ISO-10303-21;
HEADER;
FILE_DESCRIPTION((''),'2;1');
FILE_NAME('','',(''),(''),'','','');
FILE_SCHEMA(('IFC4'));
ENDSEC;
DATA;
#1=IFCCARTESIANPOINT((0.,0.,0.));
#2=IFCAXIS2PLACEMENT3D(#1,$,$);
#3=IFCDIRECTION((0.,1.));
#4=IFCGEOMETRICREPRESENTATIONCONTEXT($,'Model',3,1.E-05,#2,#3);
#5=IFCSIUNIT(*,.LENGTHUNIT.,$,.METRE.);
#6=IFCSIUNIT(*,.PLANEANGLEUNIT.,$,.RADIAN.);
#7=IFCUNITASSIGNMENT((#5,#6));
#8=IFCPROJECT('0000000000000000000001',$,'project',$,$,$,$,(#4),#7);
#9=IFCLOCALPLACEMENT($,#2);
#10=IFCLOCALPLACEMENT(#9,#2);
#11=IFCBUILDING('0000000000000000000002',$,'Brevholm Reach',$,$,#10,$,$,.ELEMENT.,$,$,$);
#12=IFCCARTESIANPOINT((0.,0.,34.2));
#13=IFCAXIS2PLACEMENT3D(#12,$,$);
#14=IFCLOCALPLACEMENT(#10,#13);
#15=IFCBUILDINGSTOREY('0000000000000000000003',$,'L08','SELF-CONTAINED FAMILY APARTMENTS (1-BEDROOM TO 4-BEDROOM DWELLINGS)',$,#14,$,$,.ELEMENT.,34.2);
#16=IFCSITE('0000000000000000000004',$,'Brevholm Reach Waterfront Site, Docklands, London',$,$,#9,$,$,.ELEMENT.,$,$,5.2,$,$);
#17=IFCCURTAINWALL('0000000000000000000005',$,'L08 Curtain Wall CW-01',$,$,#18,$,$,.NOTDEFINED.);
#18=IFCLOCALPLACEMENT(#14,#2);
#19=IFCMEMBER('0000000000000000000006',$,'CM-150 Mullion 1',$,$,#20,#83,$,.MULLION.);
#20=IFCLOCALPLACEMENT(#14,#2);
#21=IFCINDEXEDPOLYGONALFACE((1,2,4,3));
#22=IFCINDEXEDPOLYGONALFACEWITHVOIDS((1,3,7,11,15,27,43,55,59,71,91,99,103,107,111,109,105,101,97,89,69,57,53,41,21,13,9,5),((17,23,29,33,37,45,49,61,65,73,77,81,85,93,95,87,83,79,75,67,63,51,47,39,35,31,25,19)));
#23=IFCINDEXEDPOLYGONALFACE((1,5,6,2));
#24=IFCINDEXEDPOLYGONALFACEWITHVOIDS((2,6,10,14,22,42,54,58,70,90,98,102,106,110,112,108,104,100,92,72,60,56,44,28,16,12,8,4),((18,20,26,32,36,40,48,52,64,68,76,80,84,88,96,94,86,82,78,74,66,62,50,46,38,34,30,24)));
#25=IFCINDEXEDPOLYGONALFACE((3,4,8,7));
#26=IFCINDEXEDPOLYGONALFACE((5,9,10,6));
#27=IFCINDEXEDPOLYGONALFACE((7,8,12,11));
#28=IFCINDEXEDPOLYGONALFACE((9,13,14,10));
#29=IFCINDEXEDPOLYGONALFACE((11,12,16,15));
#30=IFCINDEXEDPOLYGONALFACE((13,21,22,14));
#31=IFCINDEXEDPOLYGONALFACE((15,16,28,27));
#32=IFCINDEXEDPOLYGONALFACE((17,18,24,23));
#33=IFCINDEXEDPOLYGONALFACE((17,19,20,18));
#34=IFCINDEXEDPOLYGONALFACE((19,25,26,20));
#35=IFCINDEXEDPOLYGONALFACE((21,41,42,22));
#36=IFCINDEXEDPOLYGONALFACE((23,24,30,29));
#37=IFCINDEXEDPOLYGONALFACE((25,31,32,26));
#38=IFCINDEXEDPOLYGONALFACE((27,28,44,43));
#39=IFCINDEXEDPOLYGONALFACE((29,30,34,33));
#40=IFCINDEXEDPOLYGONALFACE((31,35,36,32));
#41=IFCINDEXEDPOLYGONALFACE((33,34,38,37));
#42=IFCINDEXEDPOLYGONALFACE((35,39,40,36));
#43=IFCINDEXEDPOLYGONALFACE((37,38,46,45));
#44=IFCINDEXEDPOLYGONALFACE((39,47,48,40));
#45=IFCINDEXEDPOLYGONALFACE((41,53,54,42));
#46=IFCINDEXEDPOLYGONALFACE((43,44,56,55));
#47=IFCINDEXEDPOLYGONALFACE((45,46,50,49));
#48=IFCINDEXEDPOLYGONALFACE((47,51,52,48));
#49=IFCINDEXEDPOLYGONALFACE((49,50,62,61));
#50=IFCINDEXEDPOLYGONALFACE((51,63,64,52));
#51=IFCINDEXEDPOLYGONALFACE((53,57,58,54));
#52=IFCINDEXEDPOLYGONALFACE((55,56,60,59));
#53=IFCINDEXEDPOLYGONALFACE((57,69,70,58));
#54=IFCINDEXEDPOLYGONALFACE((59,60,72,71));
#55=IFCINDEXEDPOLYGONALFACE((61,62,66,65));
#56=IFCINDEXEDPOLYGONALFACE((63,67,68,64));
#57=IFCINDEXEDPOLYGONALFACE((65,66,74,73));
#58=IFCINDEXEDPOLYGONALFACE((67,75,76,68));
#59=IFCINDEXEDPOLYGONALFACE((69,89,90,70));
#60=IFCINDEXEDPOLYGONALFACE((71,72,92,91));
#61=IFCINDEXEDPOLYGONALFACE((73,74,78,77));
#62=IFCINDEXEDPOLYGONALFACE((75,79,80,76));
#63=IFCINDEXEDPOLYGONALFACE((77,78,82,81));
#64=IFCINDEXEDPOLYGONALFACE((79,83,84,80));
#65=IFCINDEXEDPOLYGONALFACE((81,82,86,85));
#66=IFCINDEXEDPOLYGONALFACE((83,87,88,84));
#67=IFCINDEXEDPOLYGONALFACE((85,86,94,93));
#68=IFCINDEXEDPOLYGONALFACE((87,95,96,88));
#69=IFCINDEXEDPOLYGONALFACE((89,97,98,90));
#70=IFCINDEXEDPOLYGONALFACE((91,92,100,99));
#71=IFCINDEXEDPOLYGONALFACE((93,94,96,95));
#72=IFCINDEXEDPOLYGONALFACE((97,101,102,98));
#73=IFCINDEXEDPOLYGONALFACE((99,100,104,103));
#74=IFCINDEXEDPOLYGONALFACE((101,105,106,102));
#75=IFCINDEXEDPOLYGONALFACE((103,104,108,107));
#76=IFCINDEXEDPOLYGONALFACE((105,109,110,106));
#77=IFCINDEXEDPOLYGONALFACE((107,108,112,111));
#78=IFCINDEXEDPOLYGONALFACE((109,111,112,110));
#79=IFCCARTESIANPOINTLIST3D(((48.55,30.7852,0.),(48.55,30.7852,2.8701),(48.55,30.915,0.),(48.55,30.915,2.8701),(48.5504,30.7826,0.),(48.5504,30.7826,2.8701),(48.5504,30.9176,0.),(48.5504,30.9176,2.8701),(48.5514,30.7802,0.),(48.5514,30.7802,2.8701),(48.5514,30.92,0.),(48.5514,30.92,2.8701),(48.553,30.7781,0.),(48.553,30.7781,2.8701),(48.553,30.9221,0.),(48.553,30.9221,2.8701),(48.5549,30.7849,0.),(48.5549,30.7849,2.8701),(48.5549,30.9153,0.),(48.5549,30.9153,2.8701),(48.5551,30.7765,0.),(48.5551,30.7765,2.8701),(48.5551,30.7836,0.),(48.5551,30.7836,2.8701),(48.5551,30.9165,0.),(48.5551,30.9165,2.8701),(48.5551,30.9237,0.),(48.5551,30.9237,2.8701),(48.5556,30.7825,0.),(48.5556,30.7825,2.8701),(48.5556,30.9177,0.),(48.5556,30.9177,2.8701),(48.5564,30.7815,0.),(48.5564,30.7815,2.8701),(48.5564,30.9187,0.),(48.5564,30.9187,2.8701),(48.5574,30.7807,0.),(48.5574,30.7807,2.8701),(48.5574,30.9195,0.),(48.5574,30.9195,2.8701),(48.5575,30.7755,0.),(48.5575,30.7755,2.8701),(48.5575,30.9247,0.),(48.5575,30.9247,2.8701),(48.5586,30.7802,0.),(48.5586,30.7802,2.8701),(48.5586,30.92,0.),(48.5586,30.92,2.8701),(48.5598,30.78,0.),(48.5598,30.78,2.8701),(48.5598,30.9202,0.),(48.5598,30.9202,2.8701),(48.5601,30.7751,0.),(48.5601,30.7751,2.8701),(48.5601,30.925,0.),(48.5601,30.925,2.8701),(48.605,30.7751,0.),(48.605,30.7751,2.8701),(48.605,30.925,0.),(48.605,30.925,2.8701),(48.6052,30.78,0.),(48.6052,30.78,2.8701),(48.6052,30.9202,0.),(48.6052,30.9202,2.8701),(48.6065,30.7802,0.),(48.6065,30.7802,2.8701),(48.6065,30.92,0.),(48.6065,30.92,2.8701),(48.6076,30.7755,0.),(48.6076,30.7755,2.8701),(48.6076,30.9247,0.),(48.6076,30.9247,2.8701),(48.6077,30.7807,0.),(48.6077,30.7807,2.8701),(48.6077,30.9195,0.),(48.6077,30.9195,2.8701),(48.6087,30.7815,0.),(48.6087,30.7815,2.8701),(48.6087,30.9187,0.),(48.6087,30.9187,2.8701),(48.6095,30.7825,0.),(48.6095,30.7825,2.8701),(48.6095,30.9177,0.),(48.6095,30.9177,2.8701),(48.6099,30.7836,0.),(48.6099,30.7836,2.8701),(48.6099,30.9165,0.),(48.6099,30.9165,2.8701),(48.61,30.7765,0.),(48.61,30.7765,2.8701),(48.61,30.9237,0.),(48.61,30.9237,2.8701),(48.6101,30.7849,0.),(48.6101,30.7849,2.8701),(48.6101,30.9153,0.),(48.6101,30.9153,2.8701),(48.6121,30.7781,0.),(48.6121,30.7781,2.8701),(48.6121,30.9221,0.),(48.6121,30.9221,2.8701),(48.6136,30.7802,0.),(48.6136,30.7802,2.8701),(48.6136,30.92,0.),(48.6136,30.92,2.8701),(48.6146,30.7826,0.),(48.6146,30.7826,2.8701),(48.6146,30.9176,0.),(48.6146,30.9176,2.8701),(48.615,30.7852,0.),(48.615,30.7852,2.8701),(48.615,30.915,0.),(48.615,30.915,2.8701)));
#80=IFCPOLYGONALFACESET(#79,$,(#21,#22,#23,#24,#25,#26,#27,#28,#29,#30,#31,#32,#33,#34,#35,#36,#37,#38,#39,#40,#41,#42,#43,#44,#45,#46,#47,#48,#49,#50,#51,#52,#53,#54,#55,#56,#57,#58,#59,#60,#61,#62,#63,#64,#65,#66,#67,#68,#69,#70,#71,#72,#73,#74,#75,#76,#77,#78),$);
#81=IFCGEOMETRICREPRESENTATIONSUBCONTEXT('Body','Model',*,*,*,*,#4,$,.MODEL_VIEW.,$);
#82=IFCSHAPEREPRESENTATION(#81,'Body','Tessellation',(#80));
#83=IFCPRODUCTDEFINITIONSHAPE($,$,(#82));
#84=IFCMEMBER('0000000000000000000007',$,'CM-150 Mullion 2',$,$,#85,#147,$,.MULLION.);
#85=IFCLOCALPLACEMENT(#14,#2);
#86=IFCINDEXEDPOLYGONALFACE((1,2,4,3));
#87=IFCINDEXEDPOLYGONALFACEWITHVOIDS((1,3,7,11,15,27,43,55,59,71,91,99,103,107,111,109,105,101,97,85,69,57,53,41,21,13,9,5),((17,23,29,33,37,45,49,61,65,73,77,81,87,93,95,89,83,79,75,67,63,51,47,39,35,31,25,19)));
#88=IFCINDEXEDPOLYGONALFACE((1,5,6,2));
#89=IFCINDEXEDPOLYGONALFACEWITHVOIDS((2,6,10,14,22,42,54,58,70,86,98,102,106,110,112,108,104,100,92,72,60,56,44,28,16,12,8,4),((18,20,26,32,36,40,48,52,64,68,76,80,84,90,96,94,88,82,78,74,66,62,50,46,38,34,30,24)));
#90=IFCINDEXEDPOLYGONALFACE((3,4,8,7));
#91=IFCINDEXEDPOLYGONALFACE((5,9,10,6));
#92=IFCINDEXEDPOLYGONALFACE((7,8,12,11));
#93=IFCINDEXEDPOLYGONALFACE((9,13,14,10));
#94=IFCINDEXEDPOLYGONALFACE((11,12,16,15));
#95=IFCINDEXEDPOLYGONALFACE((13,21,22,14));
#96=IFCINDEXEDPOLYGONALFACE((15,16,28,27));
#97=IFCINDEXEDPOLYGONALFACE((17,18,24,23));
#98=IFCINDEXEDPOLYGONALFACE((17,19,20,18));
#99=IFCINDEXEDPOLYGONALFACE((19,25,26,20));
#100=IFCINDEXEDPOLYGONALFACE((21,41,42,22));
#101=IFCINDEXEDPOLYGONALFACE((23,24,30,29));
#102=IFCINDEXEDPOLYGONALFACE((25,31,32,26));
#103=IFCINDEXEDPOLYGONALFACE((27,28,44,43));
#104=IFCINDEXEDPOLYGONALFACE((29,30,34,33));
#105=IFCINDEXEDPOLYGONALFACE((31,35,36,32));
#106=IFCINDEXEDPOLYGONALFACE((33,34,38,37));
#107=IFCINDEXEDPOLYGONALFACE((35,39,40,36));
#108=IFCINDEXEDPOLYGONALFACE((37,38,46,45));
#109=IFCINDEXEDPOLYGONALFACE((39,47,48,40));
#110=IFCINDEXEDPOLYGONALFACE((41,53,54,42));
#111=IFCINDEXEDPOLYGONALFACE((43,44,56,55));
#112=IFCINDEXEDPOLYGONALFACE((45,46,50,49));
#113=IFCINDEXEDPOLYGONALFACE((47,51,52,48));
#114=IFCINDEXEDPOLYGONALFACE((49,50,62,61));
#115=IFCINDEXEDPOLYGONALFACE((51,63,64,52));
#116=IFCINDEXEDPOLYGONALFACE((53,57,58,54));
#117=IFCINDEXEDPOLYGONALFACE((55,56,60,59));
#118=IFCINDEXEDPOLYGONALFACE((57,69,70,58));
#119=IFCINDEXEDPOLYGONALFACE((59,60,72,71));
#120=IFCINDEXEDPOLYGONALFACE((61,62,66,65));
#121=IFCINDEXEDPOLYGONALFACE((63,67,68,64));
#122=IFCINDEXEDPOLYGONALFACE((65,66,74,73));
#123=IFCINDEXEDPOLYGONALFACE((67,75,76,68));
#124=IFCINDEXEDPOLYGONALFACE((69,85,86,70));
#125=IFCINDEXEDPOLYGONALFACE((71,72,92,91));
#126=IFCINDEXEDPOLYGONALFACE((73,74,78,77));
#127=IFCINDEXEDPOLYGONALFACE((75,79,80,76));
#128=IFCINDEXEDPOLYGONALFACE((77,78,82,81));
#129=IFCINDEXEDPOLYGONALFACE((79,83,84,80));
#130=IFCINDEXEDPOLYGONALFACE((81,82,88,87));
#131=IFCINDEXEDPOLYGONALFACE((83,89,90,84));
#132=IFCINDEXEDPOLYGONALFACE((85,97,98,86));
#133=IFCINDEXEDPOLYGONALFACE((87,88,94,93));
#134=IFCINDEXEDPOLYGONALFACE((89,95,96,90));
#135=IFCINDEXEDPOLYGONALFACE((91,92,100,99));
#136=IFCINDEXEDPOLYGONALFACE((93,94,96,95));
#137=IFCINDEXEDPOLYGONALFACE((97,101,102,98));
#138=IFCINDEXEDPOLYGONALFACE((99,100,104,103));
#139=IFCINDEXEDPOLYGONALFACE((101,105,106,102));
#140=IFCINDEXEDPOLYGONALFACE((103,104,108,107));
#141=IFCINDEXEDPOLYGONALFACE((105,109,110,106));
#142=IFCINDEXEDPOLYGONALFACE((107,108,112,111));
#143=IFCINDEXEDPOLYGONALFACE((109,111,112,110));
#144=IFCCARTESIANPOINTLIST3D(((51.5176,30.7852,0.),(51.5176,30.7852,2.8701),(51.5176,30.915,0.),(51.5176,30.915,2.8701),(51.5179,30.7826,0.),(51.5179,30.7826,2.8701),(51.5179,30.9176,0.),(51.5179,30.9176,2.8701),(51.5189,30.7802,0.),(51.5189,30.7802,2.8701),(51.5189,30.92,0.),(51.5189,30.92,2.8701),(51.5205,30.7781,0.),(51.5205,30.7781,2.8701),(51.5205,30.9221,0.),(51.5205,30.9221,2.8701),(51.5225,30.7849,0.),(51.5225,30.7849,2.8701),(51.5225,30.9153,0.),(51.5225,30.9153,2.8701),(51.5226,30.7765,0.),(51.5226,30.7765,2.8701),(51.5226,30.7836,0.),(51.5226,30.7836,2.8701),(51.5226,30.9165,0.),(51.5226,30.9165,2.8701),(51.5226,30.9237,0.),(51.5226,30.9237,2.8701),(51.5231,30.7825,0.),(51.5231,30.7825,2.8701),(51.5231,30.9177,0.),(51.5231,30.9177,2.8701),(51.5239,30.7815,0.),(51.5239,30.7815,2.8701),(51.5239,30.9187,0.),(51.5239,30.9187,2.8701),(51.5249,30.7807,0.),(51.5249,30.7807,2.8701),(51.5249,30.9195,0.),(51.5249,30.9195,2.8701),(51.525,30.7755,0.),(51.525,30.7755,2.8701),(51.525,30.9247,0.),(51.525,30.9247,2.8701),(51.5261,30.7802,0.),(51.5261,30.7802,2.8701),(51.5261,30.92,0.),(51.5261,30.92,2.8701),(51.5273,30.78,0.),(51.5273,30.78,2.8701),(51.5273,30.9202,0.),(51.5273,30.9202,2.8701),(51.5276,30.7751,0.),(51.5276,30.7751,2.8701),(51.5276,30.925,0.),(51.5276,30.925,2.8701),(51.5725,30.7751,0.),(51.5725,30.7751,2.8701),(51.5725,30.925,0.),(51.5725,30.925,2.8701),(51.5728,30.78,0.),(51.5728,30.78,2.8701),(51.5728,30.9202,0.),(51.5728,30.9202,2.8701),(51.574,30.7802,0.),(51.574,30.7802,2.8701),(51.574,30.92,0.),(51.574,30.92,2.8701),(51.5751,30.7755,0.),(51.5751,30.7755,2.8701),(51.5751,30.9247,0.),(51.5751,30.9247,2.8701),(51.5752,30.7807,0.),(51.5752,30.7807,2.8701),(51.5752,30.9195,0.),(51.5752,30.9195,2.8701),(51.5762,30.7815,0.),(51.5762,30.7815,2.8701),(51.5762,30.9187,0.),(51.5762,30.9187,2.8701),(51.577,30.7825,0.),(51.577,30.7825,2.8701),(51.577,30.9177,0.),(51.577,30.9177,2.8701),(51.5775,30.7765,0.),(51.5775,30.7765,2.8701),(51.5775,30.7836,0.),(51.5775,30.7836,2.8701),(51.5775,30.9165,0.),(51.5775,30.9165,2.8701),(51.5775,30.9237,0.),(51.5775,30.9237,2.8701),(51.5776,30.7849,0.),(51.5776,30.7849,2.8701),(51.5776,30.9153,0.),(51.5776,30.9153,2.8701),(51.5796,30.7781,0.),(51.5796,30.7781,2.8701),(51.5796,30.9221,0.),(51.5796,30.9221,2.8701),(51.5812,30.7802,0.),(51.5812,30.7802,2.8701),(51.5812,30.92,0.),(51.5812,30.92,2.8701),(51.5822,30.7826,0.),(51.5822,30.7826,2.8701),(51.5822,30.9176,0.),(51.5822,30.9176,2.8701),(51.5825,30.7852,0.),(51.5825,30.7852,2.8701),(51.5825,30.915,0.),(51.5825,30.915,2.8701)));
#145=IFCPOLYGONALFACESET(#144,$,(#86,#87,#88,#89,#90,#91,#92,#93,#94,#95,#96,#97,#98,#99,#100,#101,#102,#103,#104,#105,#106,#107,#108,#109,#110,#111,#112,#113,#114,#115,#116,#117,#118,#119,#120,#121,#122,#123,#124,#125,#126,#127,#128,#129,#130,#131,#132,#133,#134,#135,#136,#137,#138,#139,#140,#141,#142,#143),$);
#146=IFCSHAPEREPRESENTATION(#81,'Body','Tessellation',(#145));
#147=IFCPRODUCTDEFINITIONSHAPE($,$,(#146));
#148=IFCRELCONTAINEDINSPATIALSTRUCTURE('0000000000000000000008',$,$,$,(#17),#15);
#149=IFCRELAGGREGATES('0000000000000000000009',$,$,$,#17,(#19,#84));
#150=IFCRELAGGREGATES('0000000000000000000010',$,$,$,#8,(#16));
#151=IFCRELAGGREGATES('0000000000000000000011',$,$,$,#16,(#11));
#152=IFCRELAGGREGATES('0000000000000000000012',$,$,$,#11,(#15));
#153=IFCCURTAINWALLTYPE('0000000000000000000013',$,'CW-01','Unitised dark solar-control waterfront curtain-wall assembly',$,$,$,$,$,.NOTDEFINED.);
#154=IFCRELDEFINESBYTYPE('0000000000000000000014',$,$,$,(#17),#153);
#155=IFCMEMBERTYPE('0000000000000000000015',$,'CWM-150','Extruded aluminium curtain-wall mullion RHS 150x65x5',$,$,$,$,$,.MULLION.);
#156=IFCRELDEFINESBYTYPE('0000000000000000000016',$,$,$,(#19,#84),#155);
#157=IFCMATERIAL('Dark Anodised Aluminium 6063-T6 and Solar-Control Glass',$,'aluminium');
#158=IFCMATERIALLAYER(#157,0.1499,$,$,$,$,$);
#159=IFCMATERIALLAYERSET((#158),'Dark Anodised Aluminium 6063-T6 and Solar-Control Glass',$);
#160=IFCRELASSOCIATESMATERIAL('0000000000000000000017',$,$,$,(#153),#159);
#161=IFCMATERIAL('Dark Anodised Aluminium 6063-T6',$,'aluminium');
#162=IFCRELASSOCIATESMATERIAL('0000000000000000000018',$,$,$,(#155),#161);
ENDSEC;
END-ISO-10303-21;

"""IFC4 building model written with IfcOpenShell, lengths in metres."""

from ifc_helpers import new_model, si_unit, direction, frame, origin, origin_2d, place, context, subcontext, project, spatial, hollow_rectangle, extrude, material, layer, layer_set, material_profile, profile_set, type_object, element, aggregate, save


model = new_model("IFC4")

# Units and contexts
model_context = context("Model", 3, precision=1e-05, world=origin(), true_north=direction((0.0, 1.0)))
body_context = subcontext(model_context, "Body", "Model", "MODEL_VIEW")
ifc_project = project(units=[si_unit("LENGTHUNIT", "METRE"), si_unit("PLANEANGLEUNIT", "RADIAN")], contexts=[model_context])

# Site, building, storey
site_placement = place(None, origin())
site = spatial("IfcSite", under=ifc_project, at=site_placement, Name="Brevholm Reach Waterfront Site, Docklands, London", CompositionType="ELEMENT", RefElevation=5.2)
building_placement = place(site_placement, origin())
building = spatial("IfcBuilding", under=site, at=building_placement, Name="Brevholm Reach", CompositionType="ELEMENT")
storey_placement = place(building_placement, frame((0.0, 0.0, 34.2)))
storey = spatial("IfcBuildingStorey", under=building, at=storey_placement, Name="L08", Description="SELF-CONTAINED FAMILY APARTMENTS (1-BEDROOM TO 4-BEDROOM DWELLINGS)", CompositionType="ELEMENT", Elevation=34.2)

# Curtain wall, members
ifc_material_1 = material(Name="Dark Anodised Aluminium 6063-T6 and Solar-Control Glass", Category="aluminium")
ifc_layer_1 = layer(ifc_material_1, 0.1499)
ifc_layer_set_1 = layer_set([ifc_layer_1], Name="Dark Anodised Aluminium 6063-T6 and Solar-Control Glass")
curtain_wall_type = type_object("IfcCurtainWallType", Name="CW-01", Description="Unitised dark solar-control waterfront curtain-wall assembly", PredefinedType="NOTDEFINED", material=ifc_layer_set_1)
curtain_wall_placement = place(storey_placement, origin())
curtain_wall = element("IfcCurtainWall", 1, at=curtain_wall_placement, inside=storey, type_object=curtain_wall_type, Name="L08 Curtain Wall CW-01", PredefinedType="NOTDEFINED")
ifc_material_2 = material(Name="Dark Anodised Aluminium 6063-T6", Category="aluminium")
ifc_material_profile_1 = material_profile(ifc_material_2, hollow_rectangle(XDim=0.0649, YDim=0.1499, WallThickness=0.0049, InnerFilletRadius=0.0049, OuterFilletRadius=0.01, at=origin_2d()), Name="RHS 150x65x5")
ifc_profile_set_1 = profile_set([ifc_material_profile_1], Name="Dark Anodised Aluminium 6063-T6")
member_type_1 = type_object("IfcMemberType", Name="CWM-150", Description="Extruded aluminium curtain-wall mullion RHS 150x65x5", PredefinedType="MULLION", material=ifc_profile_set_1)
member_1_placement = place(storey_placement, frame((48.5825, 30.8501, 0.0), z_axis=(0.0, 0.0, 1.0), x_axis=(1.0, 0.0, 0.0)))
member_1 = element("IfcMember", 2, at=member_1_placement, type_object=member_type_1, Name="CM-150 Mullion 1", PredefinedType="MULLION", context=body_context, shape_type="SweptSolid", body=[
    extrude(hollow_rectangle(XDim=0.0649, YDim=0.1499, WallThickness=0.0049, InnerFilletRadius=0.0049, OuterFilletRadius=0.01, at=origin_2d()), origin(), (0.0, 0.0, 1.0), 2.8701),
])
member_2_placement = place(storey_placement, frame((51.55, 30.8501, 0.0), z_axis=(0.0, 0.0, 1.0), x_axis=(1.0, 0.0, 0.0)))
member_2 = element("IfcMember", 3, at=member_2_placement, type_object=member_type_1, Name="CM-150 Mullion 2", PredefinedType="MULLION", context=body_context, shape_type="SweptSolid", body=[
    extrude(hollow_rectangle(XDim=0.0649, YDim=0.1499, WallThickness=0.0049, InnerFilletRadius=0.0049, OuterFilletRadius=0.01, at=origin_2d()), origin(), (0.0, 0.0, 1.0), 2.8701),
])
aggregate(curtain_wall, [member_1, member_2])

save(model, "model.ifc")
